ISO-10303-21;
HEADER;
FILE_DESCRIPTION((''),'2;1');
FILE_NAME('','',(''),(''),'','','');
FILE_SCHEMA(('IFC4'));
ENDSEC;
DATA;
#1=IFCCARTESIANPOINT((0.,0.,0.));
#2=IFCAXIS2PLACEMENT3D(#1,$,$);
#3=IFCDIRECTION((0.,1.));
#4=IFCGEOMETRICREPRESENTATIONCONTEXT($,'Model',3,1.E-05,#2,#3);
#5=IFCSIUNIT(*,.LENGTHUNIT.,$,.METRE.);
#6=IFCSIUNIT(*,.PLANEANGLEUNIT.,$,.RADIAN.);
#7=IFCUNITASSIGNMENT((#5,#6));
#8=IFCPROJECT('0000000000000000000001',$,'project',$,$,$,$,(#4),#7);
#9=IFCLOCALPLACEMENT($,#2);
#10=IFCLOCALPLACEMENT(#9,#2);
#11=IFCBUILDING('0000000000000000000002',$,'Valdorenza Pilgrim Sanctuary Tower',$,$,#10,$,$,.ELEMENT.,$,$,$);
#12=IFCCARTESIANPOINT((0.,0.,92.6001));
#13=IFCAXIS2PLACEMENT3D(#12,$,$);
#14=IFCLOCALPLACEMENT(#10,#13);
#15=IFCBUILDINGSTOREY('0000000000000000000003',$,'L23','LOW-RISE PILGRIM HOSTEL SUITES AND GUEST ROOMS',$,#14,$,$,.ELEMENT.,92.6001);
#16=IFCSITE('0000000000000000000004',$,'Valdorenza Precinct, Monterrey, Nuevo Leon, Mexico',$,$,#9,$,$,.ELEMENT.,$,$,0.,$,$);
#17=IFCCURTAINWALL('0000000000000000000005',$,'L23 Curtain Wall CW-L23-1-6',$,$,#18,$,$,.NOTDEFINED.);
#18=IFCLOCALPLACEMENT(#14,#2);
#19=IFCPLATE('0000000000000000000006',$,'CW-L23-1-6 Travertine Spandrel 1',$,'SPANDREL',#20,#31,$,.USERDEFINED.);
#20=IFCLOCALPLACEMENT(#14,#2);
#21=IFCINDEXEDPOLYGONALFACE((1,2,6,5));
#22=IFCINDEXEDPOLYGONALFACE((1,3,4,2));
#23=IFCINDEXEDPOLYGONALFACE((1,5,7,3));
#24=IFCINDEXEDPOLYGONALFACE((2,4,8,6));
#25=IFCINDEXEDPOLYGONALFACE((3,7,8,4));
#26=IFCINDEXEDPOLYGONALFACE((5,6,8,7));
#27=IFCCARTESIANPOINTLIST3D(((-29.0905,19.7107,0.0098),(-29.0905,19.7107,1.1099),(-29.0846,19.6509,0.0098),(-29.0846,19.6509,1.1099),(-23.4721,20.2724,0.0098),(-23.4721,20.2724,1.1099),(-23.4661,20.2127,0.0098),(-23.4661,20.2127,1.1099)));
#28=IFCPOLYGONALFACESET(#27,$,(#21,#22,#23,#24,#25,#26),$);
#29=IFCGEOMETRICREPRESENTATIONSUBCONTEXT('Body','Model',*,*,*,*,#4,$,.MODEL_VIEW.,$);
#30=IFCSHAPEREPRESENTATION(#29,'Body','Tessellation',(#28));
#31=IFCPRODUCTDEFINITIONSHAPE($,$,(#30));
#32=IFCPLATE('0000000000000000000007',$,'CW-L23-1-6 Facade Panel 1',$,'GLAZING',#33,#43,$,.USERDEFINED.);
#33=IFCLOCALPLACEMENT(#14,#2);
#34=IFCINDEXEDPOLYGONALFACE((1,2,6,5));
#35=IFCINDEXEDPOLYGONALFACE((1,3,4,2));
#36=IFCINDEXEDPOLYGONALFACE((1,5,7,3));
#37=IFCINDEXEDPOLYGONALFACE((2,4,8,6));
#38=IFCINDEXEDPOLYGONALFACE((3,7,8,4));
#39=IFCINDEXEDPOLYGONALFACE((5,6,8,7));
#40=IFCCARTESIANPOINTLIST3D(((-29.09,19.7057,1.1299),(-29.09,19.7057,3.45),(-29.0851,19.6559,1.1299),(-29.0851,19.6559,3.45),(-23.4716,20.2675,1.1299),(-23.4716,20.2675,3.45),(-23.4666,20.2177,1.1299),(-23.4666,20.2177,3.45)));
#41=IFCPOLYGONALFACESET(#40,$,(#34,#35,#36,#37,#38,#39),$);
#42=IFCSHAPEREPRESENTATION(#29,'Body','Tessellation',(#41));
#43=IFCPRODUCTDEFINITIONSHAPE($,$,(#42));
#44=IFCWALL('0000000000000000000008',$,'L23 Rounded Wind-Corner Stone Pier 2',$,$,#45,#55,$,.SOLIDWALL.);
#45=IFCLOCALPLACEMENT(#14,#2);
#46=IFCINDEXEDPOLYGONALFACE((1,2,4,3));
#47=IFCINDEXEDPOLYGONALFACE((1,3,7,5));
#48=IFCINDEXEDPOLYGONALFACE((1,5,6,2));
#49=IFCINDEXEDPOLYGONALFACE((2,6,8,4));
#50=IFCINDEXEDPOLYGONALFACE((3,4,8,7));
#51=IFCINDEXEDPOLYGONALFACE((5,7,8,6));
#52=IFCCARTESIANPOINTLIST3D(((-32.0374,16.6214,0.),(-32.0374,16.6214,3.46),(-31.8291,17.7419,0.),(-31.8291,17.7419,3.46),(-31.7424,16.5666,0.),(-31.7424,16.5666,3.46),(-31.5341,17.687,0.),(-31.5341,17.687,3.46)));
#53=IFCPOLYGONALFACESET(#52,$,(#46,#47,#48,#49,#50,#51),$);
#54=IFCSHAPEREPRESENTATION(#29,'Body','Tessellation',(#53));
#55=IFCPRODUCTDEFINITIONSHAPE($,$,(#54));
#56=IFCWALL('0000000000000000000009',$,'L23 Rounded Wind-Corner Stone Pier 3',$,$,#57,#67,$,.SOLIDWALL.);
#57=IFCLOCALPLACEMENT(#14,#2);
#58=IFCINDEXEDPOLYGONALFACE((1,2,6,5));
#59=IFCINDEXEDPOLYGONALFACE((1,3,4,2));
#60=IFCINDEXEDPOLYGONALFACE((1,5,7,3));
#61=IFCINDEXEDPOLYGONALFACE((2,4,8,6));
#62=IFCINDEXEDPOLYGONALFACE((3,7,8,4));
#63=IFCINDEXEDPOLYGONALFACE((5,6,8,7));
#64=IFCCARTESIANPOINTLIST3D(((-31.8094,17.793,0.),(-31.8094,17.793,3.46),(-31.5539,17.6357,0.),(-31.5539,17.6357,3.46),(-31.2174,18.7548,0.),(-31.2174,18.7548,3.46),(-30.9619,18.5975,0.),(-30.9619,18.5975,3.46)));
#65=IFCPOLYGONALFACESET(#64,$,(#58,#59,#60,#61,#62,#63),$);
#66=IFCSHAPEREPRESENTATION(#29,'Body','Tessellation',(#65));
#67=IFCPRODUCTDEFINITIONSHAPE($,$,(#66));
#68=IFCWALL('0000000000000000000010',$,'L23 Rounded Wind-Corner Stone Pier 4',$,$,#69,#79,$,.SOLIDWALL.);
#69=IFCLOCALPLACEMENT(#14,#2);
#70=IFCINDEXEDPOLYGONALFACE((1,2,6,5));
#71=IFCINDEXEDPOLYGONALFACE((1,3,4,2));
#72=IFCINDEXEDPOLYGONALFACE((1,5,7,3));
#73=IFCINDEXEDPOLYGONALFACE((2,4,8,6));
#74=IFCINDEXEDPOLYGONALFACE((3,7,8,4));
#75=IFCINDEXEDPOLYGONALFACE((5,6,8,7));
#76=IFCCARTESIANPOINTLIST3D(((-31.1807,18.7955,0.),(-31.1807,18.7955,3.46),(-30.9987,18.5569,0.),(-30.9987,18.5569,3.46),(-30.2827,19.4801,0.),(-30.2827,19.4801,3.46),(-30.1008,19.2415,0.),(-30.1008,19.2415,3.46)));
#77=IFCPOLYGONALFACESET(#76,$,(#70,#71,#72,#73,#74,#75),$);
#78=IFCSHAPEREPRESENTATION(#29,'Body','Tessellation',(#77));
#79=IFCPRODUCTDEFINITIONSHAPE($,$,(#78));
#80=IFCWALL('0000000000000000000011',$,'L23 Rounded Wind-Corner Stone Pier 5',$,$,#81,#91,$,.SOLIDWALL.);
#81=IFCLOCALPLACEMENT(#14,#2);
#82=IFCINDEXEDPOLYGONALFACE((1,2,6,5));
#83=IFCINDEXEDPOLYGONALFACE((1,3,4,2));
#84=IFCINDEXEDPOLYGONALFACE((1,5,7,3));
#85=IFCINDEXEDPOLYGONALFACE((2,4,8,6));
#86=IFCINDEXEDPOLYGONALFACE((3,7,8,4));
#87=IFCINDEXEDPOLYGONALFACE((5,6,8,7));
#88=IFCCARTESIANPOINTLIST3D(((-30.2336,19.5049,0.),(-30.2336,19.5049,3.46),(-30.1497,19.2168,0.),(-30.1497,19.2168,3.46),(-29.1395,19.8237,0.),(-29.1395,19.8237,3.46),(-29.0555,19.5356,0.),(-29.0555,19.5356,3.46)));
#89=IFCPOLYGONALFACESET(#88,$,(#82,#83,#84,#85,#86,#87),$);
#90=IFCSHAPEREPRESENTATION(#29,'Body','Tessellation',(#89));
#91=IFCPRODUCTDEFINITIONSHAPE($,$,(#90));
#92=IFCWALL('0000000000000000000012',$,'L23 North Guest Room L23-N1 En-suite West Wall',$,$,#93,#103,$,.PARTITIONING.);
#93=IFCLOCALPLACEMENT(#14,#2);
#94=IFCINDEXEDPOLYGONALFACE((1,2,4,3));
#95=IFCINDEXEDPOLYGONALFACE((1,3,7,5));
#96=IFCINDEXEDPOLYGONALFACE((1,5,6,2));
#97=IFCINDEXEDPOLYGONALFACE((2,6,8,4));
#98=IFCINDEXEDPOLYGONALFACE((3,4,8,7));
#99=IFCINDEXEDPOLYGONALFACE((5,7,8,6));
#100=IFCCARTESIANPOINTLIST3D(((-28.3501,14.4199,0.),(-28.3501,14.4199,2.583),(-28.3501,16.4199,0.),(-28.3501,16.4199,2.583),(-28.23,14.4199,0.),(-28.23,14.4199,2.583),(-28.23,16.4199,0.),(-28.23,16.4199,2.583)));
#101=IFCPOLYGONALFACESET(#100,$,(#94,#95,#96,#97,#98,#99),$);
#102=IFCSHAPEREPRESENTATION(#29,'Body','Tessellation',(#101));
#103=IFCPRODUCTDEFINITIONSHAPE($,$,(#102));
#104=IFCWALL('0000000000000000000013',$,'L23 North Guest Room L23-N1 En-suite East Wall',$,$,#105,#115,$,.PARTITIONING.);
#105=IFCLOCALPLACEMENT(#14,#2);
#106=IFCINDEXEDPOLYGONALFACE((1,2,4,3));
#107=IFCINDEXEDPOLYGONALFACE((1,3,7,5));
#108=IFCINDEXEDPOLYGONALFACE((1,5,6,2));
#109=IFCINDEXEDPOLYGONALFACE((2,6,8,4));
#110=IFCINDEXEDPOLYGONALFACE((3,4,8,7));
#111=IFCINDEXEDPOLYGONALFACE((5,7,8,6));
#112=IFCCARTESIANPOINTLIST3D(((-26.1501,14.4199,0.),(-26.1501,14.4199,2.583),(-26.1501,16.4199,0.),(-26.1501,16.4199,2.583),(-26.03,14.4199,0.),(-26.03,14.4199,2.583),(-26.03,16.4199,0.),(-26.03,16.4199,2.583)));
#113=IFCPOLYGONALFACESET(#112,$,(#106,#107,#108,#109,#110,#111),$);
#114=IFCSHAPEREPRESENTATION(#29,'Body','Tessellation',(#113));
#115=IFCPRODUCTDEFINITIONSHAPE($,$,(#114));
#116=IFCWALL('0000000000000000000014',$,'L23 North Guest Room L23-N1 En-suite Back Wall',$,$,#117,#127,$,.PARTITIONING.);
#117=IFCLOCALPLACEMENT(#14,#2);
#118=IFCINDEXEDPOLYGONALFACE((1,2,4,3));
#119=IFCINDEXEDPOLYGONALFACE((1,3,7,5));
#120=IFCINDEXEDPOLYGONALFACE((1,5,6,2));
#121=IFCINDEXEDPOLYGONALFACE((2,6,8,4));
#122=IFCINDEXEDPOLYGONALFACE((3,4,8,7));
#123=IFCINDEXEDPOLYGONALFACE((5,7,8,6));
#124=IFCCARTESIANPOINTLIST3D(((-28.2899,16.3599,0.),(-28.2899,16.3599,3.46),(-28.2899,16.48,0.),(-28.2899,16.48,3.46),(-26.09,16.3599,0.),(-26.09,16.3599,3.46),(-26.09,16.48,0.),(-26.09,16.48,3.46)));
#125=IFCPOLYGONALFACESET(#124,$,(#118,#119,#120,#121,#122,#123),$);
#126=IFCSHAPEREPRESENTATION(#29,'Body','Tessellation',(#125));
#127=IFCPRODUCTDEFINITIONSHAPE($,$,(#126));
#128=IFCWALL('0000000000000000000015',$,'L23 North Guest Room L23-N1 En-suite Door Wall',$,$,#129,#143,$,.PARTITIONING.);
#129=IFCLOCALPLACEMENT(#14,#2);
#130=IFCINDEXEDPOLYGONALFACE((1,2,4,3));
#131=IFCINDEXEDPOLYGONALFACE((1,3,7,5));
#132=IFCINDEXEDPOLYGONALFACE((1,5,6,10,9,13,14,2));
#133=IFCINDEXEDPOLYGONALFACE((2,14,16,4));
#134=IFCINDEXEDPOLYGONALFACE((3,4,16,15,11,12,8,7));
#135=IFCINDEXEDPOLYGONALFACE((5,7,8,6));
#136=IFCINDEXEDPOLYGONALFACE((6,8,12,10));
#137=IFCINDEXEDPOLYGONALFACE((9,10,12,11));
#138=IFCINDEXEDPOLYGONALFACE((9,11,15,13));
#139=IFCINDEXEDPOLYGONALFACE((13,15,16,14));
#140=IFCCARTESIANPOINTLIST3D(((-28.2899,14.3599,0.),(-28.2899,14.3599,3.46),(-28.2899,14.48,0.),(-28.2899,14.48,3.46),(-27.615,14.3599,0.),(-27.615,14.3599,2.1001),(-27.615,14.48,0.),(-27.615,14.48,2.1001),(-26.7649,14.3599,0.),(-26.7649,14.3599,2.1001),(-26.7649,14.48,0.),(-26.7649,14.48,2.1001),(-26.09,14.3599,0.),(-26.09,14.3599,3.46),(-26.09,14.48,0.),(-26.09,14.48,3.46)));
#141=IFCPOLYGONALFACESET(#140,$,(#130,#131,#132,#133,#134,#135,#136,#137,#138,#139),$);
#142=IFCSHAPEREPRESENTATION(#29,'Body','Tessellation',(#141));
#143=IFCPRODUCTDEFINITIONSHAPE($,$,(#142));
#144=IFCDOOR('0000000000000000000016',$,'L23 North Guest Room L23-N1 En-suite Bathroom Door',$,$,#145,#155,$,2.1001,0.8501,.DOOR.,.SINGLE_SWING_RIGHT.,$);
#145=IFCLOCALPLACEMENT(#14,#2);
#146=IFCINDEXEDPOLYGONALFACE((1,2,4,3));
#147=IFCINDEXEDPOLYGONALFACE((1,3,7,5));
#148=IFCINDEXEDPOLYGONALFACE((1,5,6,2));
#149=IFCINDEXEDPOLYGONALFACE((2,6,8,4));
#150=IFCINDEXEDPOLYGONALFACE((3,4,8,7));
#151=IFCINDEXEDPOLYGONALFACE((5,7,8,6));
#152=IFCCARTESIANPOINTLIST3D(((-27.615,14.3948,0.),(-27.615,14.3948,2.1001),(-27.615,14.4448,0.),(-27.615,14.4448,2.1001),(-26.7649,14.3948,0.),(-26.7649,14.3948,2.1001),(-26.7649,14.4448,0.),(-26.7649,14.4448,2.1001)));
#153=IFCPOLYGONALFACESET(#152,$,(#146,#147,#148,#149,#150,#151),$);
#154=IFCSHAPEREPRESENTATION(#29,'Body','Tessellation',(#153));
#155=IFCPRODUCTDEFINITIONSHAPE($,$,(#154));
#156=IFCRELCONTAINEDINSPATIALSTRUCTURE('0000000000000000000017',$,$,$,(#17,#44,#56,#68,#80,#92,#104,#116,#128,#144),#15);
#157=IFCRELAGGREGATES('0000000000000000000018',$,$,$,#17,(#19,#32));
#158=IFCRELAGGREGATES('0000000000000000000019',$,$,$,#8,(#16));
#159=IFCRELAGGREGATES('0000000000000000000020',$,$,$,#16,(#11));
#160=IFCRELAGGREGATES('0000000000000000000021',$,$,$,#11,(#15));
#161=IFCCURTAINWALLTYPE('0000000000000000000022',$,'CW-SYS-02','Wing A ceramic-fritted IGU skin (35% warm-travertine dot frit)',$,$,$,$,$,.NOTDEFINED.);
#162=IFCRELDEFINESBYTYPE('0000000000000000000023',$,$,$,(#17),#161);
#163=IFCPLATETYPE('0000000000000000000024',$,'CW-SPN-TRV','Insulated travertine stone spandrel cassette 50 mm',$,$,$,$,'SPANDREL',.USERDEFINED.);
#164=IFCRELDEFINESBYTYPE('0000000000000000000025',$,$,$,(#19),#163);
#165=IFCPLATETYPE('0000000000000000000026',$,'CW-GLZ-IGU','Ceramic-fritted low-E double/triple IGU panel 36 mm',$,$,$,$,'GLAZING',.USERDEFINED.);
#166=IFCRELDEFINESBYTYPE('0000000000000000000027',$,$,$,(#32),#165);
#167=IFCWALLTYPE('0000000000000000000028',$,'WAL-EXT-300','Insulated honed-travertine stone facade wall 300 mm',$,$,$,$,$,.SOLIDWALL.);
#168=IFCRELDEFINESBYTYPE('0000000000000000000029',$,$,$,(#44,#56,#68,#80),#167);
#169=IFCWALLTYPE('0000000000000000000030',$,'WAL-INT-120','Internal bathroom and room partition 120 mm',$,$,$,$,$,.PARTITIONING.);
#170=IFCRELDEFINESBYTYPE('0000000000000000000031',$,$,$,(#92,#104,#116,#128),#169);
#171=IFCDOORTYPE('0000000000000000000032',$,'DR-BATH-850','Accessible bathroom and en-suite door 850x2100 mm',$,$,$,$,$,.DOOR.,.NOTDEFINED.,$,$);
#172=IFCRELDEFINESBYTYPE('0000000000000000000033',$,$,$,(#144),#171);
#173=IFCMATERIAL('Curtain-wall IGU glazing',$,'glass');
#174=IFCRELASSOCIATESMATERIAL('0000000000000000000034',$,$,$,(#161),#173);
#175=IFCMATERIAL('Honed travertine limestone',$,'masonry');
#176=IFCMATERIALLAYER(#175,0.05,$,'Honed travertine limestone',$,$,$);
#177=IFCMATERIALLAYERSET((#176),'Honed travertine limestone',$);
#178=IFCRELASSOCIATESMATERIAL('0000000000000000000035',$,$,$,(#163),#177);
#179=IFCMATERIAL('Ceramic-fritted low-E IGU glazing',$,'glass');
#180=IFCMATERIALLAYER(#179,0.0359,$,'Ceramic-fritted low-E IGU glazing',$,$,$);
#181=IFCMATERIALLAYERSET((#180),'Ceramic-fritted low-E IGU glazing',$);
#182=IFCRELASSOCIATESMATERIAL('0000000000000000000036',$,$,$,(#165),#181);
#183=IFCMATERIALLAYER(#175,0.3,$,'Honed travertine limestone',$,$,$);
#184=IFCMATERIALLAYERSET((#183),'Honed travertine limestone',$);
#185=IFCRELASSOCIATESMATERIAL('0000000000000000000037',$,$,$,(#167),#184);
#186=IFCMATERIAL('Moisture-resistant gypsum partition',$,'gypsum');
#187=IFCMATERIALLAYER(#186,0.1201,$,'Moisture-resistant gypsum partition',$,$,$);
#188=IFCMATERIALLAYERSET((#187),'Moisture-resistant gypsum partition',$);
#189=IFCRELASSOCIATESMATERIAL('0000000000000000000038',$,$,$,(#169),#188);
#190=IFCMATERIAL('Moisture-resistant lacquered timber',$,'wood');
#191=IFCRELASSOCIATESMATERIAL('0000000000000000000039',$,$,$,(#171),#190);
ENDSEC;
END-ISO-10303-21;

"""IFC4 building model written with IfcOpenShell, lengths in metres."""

from ifc_helpers import new_model, si_unit, direction, frame, frame_2d, origin, origin_2d, place, context, subcontext, project, spatial, rectangle, extrude, source, transform, mapped, material, layer, layer_set, type_object, element, fill, aggregate, save


model = new_model("IFC4")

# Units and contexts
model_context = context("Model", 3, precision=1e-05, world=origin(), true_north=direction((0.0, 1.0)))
body_context = subcontext(model_context, "Body", "Model", "MODEL_VIEW")
ifc_project = project(units=[si_unit("LENGTHUNIT", "METRE"), si_unit("PLANEANGLEUNIT", "RADIAN")], contexts=[model_context])

# Site, building, storey
site_placement = place(None, origin())
site = spatial("IfcSite", under=ifc_project, at=site_placement, Name="Valdorenza Precinct, Monterrey, Nuevo Leon, Mexico", CompositionType="ELEMENT", RefElevation=0.0)
building_placement = place(site_placement, origin())
building = spatial("IfcBuilding", under=site, at=building_placement, Name="Valdorenza Pilgrim Sanctuary Tower", CompositionType="ELEMENT")
storey_placement = place(building_placement, frame((0.0, 0.0, 92.6001)))
storey = spatial("IfcBuildingStorey", under=building, at=storey_placement, Name="L23", Description="LOW-RISE PILGRIM HOSTEL SUITES AND GUEST ROOMS", CompositionType="ELEMENT", Elevation=92.6001)

# Shared definitions
ifc_material_1 = material(Name="Curtain-wall IGU glazing", Category="glass")
curtain_wall_type = type_object("IfcCurtainWallType", Name="CW-SYS-02", Description="Wing A ceramic-fritted IGU skin (35% warm-travertine dot frit)", PredefinedType="NOTDEFINED", material=ifc_material_1)

# Curtain wall, plates
curtain_wall_1_placement = place(storey_placement, origin())
curtain_wall_1 = element("IfcCurtainWall", 1, at=curtain_wall_1_placement, inside=storey, type_object=curtain_wall_type, Name="L23 Curtain Wall CW-L23-1-6", PredefinedType="NOTDEFINED")
ifc_material_2 = material(Name="Honed travertine limestone", Category="masonry")
ifc_layer_1 = layer(ifc_material_2, 0.05, Name="Honed travertine limestone")
ifc_layer_set_1 = layer_set([ifc_layer_1], Name="Honed travertine limestone")
plate_type_1 = type_object("IfcPlateType", Name="CW-SPN-TRV", Description="Insulated travertine stone spandrel cassette 50 mm", ElementType="SPANDREL", PredefinedType="USERDEFINED", material=ifc_layer_set_1)
shared_shape_1 = source(origin(), body_context, "Body", "SweptSolid", [
    extrude(rectangle(XDim=5.6465, YDim=0.0601, at=origin_2d()), origin(), (0.0, 0.0, 1.0), 1.1001),
])
plate_1_placement = place(storey_placement, frame((-26.2783, 19.9617, 0.0098), z_axis=(0.0, 0.0, 1.0), x_axis=(0.995038, 0.099493, 0.0)))
plate_1 = element("IfcPlate", 2, at=plate_1_placement, type_object=plate_type_1, Name="CW-L23-1-6 Travertine Spandrel 1", ObjectType="SPANDREL", PredefinedType="USERDEFINED", context=body_context, shape_type="MappedRepresentation", body=[
    mapped(shared_shape_1, transform((0.0, 0.0, 0.0), x_axis=(1.0, 0.0, 0.0), y_axis=(0.0, 1.0, 0.0), z_axis=(0.0, 0.0, 1.0), scale=1.0)),
])
ifc_material_3 = material(Name="Ceramic-fritted low-E IGU glazing", Category="glass")
ifc_layer_2 = layer(ifc_material_3, 0.0359, Name="Ceramic-fritted low-E IGU glazing")
ifc_layer_set_2 = layer_set([ifc_layer_2], Name="Ceramic-fritted low-E IGU glazing")
plate_type_2 = type_object("IfcPlateType", Name="CW-GLZ-IGU", Description="Ceramic-fritted low-E double/triple IGU panel 36 mm", ElementType="GLAZING", PredefinedType="USERDEFINED", material=ifc_layer_set_2)
shared_shape_2 = source(origin(), body_context, "Body", "SweptSolid", [
    extrude(rectangle(XDim=5.6465, YDim=0.05, at=origin_2d()), origin(), (0.0, 0.0, 1.0), 2.3201),
])
plate_2_placement = place(storey_placement, frame((-26.2783, 19.9617, 1.1299), z_axis=(0.0, 0.0, 1.0), x_axis=(0.995038, 0.099493, 0.0)))
plate_2 = element("IfcPlate", 3, at=plate_2_placement, type_object=plate_type_2, Name="CW-L23-1-6 Facade Panel 1", ObjectType="GLAZING", PredefinedType="USERDEFINED", context=body_context, shape_type="MappedRepresentation", body=[
    mapped(shared_shape_2, transform((0.0, 0.0, 0.0), x_axis=(1.0, 0.0, 0.0), y_axis=(0.0, 1.0, 0.0), z_axis=(0.0, 0.0, 1.0), scale=1.0)),
])
aggregate(curtain_wall_1, [plate_1, plate_2])

# Walls
ifc_layer_3 = layer(ifc_material_2, 0.3, Name="Honed travertine limestone")
ifc_layer_set_3 = layer_set([ifc_layer_3], Name="Honed travertine limestone")
wall_type_1 = type_object("IfcWallType", Name="WAL-EXT-300", Description="Insulated honed-travertine stone facade wall 300 mm", PredefinedType="SOLIDWALL", material=ifc_layer_set_3)
wall_1_placement = place(storey_placement, frame((-31.8899, 16.594, 0.0), z_axis=(0.0, 0.0, 1.0), x_axis=(0.182749, 0.98316, 0.0)))
element("IfcWall", 4, at=wall_1_placement, inside=storey, type_object=wall_type_1, Name="L23 Rounded Wind-Corner Stone Pier 2", PredefinedType="SOLIDWALL", context=body_context, shape_type="SweptSolid", body=[
    extrude(rectangle(XDim=1.1396, YDim=0.3, at=frame_2d((0.5698, 0.0))), origin(), (0.0, 0.0, 1.0), 3.46),
])
wall_2_placement = place(storey_placement, frame((-31.6816, 17.7144, 0.0), z_axis=(0.0, 0.0, 1.0), x_axis=(0.524158, 0.851621, 0.0)))
element("IfcWall", 5, at=wall_2_placement, inside=storey, type_object=wall_type_1, Name="L23 Rounded Wind-Corner Stone Pier 3", PredefinedType="SOLIDWALL", context=body_context, shape_type="SweptSolid", body=[
    extrude(rectangle(XDim=1.1294, YDim=0.3, at=frame_2d((0.5647, 0.0))), origin(), (0.0, 0.0, 1.0), 3.46),
])
wall_3_placement = place(storey_placement, frame((-31.0896, 18.6763, 0.0), z_axis=(0.0, 0.0, 1.0), x_axis=(0.795253, 0.606278, 0.0)))
element("IfcWall", 6, at=wall_3_placement, inside=storey, type_object=wall_type_1, Name="L23 Rounded Wind-Corner Stone Pier 4", PredefinedType="SOLIDWALL", context=body_context, shape_type="SweptSolid", body=[
    extrude(rectangle(XDim=1.1292, YDim=0.3, at=frame_2d((0.5645, 0.0))), origin(), (0.0, 0.0, 1.0), 3.46),
])
wall_4_placement = place(storey_placement, frame((-30.1917, 19.3608, 0.0), z_axis=(0.0, 0.0, 1.0), x_axis=(0.960072, 0.279753, 0.0)))
element("IfcWall", 7, at=wall_4_placement, inside=storey, type_object=wall_type_1, Name="L23 Rounded Wind-Corner Stone Pier 5", PredefinedType="SOLIDWALL", context=body_context, shape_type="SweptSolid", body=[
    extrude(rectangle(XDim=1.1396, YDim=0.3, at=frame_2d((0.5698, 0.0))), origin(), (0.0, 0.0, 1.0), 3.46),
])
ifc_material_4 = material(Name="Moisture-resistant gypsum partition", Category="gypsum")
ifc_layer_4 = layer(ifc_material_4, 0.1201, Name="Moisture-resistant gypsum partition")
ifc_layer_set_4 = layer_set([ifc_layer_4], Name="Moisture-resistant gypsum partition")
wall_type_2 = type_object("IfcWallType", Name="WAL-INT-120", Description="Internal bathroom and room partition 120 mm", PredefinedType="PARTITIONING", material=ifc_layer_set_4)
for number, where, z_axis, x_axis, name in (
    (8, (-28.29, 14.4199, 0.0), (0.0, 0.0, 1.0), (0.0, 1.0, 0.0), "L23 North Guest Room L23-N1 En-suite West Wall"),
    (9, (-26.0901, 14.4199, 0.0), (0.0, 0.0, 1.0), (0.0, 1.0, 0.0), "L23 North Guest Room L23-N1 En-suite East Wall"),
):
    element("IfcWall", number, at=place(storey_placement, frame(where, z_axis=z_axis, x_axis=x_axis)), inside=storey, type_object=wall_type_2, Name=name, PredefinedType="PARTITIONING", context=body_context, shape_type="SweptSolid", body=[
        extrude(rectangle(XDim=2.0, YDim=0.1201, at=frame_2d((1.0, 0.0))), origin(), (0.0, 0.0, 1.0), 2.583),
    ])
wall_5_placement = place(storey_placement, frame((-28.29, 16.4199, 0.0), z_axis=(0.0, 0.0, 1.0), x_axis=(1.0, 0.0, 0.0)))
element("IfcWall", 10, at=wall_5_placement, inside=storey, type_object=wall_type_2, Name="L23 North Guest Room L23-N1 En-suite Back Wall", PredefinedType="PARTITIONING", context=body_context, shape_type="SweptSolid", body=[
    extrude(rectangle(XDim=2.2, YDim=0.1201, at=frame_2d((1.1001, 0.0))), origin(), (0.0, 0.0, 1.0), 3.46),
])

# Wall, opening, door
wall_6_placement = place(storey_placement, frame((-28.29, 14.4199, 0.0), z_axis=(0.0, 0.0, 1.0), x_axis=(1.0, 0.0, 0.0)))
wall_6 = element("IfcWall", 11, at=wall_6_placement, inside=storey, type_object=wall_type_2, Name="L23 North Guest Room L23-N1 En-suite Door Wall", PredefinedType="PARTITIONING", context=body_context, shape_type="SweptSolid", body=[
    extrude(rectangle(XDim=2.2, YDim=0.1201, at=frame_2d((1.1001, 0.0))), origin(), (0.0, 0.0, 1.0), 3.46),
])
opening_placement = place(wall_6_placement, frame((0.675, 0.0, 0.0)))
opening = element("IfcOpeningElement", 12, at=opening_placement, cuts=wall_6, PredefinedType="OPENING", context=body_context, shape_type="SweptSolid", body=[
    extrude(rectangle(XDim=0.8501, YDim=2.1001, at=frame_2d((0.425, 1.05))), frame((0.0, 0.075, 0.0), z_axis=(0.0, -1.0, 0.0), x_axis=(1.0, 0.0, 0.0)), (0.0, 0.0, 1.0), 0.1499),
])
ifc_material_5 = material(Name="Moisture-resistant lacquered timber", Category="wood")
door_type = type_object("IfcDoorType", Name="DR-BATH-850", Description="Accessible bathroom and en-suite door 850x2100 mm", OperationType="NOTDEFINED", PredefinedType="DOOR", material=ifc_material_5)
door_placement = place(opening_placement, origin())
door = element("IfcDoor", 13, at=door_placement, inside=storey, type_object=door_type, Name="L23 North Guest Room L23-N1 En-suite Bathroom Door", OperationType="SINGLE_SWING_RIGHT", OverallHeight=2.1001, OverallWidth=0.8501, PredefinedType="DOOR", context=body_context, shape_type="SweptSolid", body=[
    extrude(rectangle(XDim=0.8501, YDim=2.1001, at=frame_2d((0.425, 1.05))), frame((0.0, 0.0249, 0.0), z_axis=(0.0, -1.0, 0.0), x_axis=(1.0, 0.0, 0.0)), (0.0, 0.0, 1.0), 0.05),
])
fill(opening, door)

save(model, "model.ifc")
